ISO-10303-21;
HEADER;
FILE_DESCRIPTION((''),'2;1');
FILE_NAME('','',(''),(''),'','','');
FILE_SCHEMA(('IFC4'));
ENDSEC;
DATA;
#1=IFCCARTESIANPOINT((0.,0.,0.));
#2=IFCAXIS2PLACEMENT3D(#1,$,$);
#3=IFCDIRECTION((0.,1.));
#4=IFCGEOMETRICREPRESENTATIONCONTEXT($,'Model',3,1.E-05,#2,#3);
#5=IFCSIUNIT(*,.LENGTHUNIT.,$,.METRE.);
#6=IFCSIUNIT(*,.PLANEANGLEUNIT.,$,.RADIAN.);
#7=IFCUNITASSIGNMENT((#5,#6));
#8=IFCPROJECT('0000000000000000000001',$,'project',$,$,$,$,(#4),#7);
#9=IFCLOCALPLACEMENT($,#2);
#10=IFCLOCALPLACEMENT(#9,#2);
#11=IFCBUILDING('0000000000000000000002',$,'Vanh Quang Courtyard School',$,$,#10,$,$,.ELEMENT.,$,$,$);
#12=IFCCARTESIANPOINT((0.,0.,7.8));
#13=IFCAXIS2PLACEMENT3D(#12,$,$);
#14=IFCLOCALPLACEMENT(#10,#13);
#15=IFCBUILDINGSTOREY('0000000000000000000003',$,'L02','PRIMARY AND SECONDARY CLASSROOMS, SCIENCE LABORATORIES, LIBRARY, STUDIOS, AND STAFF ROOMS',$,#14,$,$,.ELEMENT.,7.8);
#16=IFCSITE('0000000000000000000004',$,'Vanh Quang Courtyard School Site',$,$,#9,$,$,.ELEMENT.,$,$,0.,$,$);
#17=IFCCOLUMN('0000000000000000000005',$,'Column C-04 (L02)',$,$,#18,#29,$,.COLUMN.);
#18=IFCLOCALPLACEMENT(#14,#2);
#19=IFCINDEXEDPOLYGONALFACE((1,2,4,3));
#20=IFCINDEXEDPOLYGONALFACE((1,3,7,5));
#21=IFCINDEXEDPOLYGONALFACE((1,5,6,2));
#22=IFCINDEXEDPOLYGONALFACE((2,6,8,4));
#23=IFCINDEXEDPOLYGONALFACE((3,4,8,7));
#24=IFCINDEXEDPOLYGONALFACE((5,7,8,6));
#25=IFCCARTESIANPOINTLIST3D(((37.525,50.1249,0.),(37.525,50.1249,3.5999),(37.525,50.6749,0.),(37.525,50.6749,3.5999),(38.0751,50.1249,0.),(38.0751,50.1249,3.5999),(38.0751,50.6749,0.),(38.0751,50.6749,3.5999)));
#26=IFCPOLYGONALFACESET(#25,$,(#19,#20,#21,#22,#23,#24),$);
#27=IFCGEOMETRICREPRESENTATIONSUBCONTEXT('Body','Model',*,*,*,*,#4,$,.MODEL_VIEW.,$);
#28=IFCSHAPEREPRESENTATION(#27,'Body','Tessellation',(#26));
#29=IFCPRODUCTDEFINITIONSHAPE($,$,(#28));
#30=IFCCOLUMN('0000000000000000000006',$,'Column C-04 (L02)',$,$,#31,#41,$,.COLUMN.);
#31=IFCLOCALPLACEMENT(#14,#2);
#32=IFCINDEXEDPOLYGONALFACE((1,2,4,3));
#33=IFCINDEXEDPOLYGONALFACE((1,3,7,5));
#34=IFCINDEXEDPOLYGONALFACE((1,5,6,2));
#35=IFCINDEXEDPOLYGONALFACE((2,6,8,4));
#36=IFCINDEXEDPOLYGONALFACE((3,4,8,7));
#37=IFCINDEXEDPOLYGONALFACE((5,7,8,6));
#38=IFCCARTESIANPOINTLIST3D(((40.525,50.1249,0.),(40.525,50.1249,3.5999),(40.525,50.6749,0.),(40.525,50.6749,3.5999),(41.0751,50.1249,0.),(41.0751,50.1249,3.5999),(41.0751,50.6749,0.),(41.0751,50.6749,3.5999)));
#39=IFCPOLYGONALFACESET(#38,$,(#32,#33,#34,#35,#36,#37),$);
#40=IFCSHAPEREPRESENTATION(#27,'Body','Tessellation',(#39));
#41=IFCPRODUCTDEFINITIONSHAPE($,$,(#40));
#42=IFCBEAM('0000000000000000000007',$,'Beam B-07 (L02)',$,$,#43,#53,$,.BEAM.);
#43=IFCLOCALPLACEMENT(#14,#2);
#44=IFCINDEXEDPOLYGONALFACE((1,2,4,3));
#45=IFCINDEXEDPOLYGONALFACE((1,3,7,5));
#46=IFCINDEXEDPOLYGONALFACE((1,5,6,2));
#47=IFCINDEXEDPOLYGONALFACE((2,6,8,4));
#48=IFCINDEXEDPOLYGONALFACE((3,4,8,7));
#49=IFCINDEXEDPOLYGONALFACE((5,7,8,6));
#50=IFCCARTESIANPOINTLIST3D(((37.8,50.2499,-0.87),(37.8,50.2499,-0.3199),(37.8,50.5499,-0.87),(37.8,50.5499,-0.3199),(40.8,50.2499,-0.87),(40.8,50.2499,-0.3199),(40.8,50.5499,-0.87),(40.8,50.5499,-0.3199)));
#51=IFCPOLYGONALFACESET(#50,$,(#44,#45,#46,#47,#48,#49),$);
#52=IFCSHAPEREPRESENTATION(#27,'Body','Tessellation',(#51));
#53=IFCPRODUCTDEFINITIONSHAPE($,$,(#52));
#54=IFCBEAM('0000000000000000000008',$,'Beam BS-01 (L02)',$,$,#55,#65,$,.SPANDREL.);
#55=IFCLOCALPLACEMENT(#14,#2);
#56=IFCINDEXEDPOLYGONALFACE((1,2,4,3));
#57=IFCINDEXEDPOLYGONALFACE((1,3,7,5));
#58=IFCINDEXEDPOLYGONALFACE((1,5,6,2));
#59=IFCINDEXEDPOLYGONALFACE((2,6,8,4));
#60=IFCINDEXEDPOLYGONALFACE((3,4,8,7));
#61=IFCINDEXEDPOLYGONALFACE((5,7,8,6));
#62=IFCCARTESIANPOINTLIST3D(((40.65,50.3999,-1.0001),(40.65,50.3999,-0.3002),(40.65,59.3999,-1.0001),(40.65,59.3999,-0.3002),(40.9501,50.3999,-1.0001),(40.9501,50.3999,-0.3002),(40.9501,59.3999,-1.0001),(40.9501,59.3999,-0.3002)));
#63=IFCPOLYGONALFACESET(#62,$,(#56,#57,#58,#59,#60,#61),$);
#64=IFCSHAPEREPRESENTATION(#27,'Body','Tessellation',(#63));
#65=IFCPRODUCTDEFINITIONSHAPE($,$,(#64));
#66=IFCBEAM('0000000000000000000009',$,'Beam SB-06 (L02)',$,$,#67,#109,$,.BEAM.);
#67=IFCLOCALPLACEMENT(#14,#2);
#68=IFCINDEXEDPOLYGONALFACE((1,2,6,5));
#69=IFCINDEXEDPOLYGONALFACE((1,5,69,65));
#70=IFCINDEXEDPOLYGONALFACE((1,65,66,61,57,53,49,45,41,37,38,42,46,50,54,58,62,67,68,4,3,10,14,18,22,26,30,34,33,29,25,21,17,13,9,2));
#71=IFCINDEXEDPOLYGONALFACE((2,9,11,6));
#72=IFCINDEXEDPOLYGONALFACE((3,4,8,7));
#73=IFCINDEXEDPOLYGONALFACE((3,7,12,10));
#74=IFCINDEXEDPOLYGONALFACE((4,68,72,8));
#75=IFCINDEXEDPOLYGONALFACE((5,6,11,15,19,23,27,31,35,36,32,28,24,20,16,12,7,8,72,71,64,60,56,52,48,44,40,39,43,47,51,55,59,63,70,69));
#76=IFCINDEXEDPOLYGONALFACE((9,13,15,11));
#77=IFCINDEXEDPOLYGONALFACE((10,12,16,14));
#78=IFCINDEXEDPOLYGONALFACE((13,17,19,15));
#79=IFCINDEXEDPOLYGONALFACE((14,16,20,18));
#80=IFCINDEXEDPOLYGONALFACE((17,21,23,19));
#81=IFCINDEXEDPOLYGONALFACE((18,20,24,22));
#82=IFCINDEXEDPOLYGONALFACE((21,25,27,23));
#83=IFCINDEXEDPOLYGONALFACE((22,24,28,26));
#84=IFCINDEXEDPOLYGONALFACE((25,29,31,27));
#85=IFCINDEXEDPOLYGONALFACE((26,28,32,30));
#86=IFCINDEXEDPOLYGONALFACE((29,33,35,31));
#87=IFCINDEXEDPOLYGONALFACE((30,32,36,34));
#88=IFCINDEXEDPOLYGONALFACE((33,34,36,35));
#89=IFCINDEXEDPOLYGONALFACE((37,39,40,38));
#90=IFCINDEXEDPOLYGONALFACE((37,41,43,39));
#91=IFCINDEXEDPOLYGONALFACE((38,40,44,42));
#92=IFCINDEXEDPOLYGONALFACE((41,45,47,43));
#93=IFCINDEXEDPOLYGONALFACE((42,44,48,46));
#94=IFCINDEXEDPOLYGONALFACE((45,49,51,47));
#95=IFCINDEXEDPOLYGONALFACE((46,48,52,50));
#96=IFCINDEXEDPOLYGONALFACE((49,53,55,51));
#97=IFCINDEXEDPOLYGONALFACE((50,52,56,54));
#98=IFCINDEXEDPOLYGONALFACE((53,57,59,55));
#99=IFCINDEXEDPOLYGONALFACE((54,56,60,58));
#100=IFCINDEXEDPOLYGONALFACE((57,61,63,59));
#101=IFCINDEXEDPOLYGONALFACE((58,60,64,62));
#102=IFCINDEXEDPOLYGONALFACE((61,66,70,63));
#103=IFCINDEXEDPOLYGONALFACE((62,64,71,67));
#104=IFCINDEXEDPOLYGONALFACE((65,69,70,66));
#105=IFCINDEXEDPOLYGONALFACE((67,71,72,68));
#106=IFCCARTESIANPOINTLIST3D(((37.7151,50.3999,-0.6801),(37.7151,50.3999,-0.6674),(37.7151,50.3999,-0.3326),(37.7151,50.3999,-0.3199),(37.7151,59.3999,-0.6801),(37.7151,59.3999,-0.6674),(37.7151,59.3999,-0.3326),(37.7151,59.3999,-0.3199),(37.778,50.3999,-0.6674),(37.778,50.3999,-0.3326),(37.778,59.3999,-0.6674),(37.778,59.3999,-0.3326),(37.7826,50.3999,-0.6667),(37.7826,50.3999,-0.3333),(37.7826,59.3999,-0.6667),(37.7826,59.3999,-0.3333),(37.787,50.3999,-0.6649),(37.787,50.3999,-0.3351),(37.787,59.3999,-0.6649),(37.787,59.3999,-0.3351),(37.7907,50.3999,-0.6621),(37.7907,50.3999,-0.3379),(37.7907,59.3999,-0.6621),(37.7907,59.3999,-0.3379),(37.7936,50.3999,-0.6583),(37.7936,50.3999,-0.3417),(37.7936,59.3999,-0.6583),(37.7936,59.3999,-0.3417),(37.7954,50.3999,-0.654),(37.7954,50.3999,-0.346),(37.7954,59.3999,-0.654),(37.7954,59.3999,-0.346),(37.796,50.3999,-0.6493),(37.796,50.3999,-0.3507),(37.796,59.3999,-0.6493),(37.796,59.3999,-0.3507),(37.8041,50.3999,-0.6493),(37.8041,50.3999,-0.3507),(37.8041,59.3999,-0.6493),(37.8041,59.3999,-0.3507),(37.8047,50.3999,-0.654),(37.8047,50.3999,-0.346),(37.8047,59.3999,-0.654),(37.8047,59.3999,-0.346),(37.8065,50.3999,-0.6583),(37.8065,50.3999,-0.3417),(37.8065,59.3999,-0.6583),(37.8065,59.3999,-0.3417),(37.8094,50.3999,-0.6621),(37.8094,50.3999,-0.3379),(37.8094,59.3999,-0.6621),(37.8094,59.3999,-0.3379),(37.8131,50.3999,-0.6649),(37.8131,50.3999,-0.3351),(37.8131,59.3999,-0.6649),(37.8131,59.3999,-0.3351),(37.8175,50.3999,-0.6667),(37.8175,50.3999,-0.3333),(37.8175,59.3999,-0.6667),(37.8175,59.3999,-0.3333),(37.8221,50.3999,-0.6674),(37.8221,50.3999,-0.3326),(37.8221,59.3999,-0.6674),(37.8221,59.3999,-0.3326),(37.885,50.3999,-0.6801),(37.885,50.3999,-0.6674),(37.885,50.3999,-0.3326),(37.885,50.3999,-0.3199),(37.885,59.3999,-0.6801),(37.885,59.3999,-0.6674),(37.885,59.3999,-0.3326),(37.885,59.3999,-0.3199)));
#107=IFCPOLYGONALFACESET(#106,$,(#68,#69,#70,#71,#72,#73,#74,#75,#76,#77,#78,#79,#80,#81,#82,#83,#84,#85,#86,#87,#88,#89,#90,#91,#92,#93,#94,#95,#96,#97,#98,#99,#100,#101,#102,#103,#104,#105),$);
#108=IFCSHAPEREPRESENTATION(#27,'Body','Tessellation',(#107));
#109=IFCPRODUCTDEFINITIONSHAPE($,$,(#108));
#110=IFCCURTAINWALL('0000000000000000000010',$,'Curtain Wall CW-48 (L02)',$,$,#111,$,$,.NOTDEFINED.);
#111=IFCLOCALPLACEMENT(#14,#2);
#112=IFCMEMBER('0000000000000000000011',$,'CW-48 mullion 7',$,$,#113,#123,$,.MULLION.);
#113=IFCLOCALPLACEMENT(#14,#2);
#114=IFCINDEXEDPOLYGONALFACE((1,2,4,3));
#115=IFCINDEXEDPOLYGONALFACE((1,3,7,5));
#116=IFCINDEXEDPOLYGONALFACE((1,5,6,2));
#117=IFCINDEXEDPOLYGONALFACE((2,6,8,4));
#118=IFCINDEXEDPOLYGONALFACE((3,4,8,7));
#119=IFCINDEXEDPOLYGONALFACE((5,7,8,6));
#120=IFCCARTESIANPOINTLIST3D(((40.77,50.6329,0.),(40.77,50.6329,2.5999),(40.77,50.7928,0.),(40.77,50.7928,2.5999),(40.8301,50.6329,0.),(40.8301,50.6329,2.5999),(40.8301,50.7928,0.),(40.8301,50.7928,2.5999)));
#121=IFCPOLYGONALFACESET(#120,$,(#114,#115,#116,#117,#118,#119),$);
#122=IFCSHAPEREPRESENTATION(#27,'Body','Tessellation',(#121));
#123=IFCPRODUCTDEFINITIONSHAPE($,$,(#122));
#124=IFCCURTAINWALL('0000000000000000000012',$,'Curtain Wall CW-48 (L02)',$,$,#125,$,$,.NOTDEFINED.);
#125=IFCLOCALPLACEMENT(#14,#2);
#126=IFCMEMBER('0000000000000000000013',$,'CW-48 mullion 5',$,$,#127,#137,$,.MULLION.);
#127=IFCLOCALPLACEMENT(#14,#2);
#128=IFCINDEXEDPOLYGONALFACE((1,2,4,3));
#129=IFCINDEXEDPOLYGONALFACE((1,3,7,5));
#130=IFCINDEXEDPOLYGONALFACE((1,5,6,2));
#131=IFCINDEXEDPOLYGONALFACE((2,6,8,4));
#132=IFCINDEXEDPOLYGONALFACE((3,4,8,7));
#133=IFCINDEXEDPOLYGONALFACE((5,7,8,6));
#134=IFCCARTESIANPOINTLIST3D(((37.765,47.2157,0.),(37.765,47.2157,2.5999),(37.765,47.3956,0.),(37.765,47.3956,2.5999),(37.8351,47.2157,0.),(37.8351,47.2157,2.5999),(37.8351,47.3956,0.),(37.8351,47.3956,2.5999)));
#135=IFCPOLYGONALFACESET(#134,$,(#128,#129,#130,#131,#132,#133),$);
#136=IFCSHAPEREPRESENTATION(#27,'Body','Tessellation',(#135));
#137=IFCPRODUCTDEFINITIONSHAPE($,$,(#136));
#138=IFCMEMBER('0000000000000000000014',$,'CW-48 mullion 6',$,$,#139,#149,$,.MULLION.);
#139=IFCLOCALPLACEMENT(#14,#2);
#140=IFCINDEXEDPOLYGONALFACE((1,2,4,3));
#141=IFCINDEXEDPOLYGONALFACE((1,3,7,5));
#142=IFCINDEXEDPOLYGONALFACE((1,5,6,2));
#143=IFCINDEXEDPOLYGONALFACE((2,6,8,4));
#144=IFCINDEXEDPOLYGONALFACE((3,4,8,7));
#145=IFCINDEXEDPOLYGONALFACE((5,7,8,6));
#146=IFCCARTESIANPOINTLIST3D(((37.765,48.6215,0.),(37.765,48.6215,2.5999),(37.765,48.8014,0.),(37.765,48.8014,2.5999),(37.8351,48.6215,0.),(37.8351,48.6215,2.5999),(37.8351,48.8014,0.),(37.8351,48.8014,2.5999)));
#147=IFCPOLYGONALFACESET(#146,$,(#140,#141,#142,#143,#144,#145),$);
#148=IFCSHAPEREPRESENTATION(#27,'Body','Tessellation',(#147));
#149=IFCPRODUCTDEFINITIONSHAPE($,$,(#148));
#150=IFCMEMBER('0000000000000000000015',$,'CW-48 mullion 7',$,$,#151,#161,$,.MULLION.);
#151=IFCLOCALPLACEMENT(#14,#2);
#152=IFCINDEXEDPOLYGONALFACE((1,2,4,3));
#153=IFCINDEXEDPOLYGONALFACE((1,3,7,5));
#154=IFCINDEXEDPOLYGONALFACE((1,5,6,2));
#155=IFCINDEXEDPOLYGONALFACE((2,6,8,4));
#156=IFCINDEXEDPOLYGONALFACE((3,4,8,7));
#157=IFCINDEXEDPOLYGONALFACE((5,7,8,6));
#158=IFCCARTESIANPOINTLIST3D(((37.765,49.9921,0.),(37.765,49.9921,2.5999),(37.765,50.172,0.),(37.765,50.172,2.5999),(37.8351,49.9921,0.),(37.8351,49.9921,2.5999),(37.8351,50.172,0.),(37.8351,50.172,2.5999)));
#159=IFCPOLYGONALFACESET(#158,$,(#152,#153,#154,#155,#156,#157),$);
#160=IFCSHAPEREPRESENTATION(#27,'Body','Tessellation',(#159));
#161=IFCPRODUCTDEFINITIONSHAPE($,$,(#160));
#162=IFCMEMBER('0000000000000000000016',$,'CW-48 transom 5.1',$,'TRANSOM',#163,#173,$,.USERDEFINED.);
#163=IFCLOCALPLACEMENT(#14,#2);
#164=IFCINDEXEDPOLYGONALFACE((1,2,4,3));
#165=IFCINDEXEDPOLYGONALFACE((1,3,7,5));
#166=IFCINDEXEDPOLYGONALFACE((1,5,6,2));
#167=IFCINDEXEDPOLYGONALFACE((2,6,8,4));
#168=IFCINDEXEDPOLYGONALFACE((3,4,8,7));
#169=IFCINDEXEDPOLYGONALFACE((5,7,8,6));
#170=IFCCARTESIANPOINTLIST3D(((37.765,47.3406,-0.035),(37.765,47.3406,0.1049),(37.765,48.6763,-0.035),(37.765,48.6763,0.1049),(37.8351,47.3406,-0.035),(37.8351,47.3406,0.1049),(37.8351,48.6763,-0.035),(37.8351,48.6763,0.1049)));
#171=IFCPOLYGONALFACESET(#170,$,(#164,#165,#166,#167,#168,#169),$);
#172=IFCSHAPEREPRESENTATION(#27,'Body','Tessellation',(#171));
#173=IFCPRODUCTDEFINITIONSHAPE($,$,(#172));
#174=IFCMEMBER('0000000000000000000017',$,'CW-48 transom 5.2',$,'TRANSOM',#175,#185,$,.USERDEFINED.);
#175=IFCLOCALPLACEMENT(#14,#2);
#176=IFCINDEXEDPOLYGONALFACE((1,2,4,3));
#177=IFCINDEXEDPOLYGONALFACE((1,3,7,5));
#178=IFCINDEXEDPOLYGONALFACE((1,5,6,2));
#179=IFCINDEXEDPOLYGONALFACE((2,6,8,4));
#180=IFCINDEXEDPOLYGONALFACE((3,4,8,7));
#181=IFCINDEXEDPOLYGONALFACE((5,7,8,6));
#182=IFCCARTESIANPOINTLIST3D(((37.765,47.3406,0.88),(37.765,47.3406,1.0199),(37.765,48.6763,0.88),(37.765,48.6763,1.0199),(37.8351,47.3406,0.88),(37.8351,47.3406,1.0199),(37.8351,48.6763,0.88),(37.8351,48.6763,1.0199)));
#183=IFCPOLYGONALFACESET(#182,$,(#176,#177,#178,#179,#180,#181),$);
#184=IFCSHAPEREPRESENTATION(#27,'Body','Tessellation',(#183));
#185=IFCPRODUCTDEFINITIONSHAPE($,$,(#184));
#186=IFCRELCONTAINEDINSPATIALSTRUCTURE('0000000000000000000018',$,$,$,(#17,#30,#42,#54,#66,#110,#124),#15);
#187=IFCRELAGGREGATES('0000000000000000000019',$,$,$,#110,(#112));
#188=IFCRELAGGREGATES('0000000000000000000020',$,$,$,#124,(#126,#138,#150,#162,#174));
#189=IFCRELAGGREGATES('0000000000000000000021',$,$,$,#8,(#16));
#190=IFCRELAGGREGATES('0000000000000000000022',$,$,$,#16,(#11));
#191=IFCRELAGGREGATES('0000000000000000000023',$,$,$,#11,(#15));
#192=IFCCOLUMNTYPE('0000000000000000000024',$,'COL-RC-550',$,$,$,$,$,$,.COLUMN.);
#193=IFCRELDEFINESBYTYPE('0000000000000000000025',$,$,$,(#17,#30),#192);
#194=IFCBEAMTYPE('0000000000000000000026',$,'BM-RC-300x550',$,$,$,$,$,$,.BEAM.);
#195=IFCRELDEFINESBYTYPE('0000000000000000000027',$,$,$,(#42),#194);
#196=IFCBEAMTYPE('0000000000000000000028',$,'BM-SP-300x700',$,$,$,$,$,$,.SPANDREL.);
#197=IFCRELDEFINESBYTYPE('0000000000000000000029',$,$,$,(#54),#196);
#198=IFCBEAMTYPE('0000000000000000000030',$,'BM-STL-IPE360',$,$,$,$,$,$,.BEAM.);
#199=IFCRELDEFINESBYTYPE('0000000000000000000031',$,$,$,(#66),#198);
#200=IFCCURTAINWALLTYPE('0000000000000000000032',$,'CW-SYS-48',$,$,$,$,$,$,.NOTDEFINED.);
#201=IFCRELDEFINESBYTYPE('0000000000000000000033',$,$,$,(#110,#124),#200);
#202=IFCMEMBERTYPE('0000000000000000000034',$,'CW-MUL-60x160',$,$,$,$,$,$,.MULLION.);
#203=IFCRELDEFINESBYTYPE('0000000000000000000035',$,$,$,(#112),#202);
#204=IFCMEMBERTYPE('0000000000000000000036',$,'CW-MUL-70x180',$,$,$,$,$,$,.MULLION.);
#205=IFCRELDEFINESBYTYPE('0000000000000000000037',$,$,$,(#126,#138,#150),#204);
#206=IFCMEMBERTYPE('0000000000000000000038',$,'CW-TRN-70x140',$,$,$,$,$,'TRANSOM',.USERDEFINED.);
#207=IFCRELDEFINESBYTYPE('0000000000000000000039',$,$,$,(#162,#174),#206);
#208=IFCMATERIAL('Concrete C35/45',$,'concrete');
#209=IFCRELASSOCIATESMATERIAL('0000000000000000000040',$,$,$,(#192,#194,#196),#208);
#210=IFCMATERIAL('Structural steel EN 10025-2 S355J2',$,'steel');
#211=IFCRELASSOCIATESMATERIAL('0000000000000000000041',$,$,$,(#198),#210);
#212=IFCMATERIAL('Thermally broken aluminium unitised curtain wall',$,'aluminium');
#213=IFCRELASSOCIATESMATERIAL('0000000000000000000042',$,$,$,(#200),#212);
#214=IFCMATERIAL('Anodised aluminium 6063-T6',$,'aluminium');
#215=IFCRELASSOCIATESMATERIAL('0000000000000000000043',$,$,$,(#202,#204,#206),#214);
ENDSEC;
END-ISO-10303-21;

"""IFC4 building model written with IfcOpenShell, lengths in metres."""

from ifc_helpers import new_model, si_unit, direction, frame, origin, origin_2d, place, context, subcontext, project, spatial, rectangle, i_section, extrude, material, material_profile, profile_set, type_object, element, aggregate, save


model = new_model("IFC4")

# Units and contexts
model_context = context("Model", 3, precision=1e-05, world=origin(), true_north=direction((0.0, 1.0)))
body_context = subcontext(model_context, "Body", "Model", "MODEL_VIEW")
ifc_project = project(units=[si_unit("LENGTHUNIT", "METRE"), si_unit("PLANEANGLEUNIT", "RADIAN")], contexts=[model_context])

# Site, building, storey
site_placement = place(None, origin())
site = spatial("IfcSite", under=ifc_project, at=site_placement, Name="Vanh Quang Courtyard School Site", CompositionType="ELEMENT", RefElevation=0.0)
building_placement = place(site_placement, origin())
building = spatial("IfcBuilding", under=site, at=building_placement, Name="Vanh Quang Courtyard School", CompositionType="ELEMENT")
storey_placement = place(building_placement, frame((0.0, 0.0, 7.8)))
storey = spatial("IfcBuildingStorey", under=building, at=storey_placement, Name="L02", Description="PRIMARY AND SECONDARY CLASSROOMS, SCIENCE LABORATORIES, LIBRARY, STUDIOS, AND STAFF ROOMS", CompositionType="ELEMENT", Elevation=7.8)

# Columns
ifc_material_1 = material(Name="Concrete C35/45", Category="concrete")
ifc_material_profile_1 = material_profile(ifc_material_1, rectangle(XDim=0.55, YDim=0.55, at=origin_2d()), Name="RC-COL 550x550")
ifc_profile_set_1 = profile_set([ifc_material_profile_1], Name="Concrete C35/45")
column_type = type_object("IfcColumnType", Name="COL-RC-550", PredefinedType="COLUMN", material=ifc_profile_set_1)
for number, where, z_axis, x_axis, name in (
    (1, (37.8, 50.3999, 0.0), (0.0, 0.0, 1.0), (1.0, 0.0, 0.0), "Column C-04 (L02)"),
    (2, (40.8, 50.3999, 0.0), (0.0, 0.0, 1.0), (1.0, 0.0, 0.0), "Column C-04 (L02)"),
):
    element("IfcColumn", number, at=place(storey_placement, frame(where, z_axis=z_axis, x_axis=x_axis)), inside=storey, type_object=column_type, Name=name, PredefinedType="COLUMN", context=body_context, shape_type="SweptSolid", body=[
        extrude(rectangle(XDim=0.55, YDim=0.55, at=origin_2d()), origin(), (0.0, 0.0, 1.0), 3.5999),
    ])

# Beams
ifc_material_profile_2 = material_profile(ifc_material_1, rectangle(XDim=0.3, YDim=0.55, at=origin_2d()), Name="RC-BM 300x550")
ifc_profile_set_2 = profile_set([ifc_material_profile_2], Name="Concrete C35/45")
beam_type_1 = type_object("IfcBeamType", Name="BM-RC-300x550", PredefinedType="BEAM", material=ifc_profile_set_2)
beam_1_placement = place(storey_placement, frame((37.8, 50.3999, -0.595), z_axis=(1.0, 0.0, 0.0), x_axis=(0.0, 1.0, 0.0)))
element("IfcBeam", 3, at=beam_1_placement, inside=storey, type_object=beam_type_1, Name="Beam B-07 (L02)", PredefinedType="BEAM", context=body_context, shape_type="SweptSolid", body=[
    extrude(rectangle(XDim=0.3, YDim=0.55, at=origin_2d()), origin(), (0.0, 0.0, 1.0), 3.0),
])
ifc_material_profile_3 = material_profile(ifc_material_1, rectangle(XDim=0.3, YDim=0.7, at=origin_2d()), Name="RC-SP 300x700")
ifc_profile_set_3 = profile_set([ifc_material_profile_3], Name="Concrete C35/45")
beam_type_2 = type_object("IfcBeamType", Name="BM-SP-300x700", PredefinedType="SPANDREL", material=ifc_profile_set_3)
beam_2_placement = place(storey_placement, frame((40.8, 50.3999, -0.6501), z_axis=(0.0, 1.0, 0.0), x_axis=(-1.0, 0.0, 0.0)))
element("IfcBeam", 4, at=beam_2_placement, inside=storey, type_object=beam_type_2, Name="Beam BS-01 (L02)", PredefinedType="SPANDREL", context=body_context, shape_type="SweptSolid", body=[
    extrude(rectangle(XDim=0.3, YDim=0.7, at=origin_2d()), origin(), (0.0, 0.0, 1.0), 9.0),
])
ifc_material_2 = material(Name="Structural steel EN 10025-2 S355J2", Category="steel")
ifc_material_profile_4 = material_profile(ifc_material_2, i_section(OverallWidth=0.1699, OverallDepth=0.3601, WebThickness=0.0081, FlangeThickness=0.0127, FilletRadius=0.0181, at=origin_2d()), Name="IPE 360")
ifc_profile_set_4 = profile_set([ifc_material_profile_4], Name="Structural steel EN 10025-2 S355J2")
beam_type_3 = type_object("IfcBeamType", Name="BM-STL-IPE360", PredefinedType="BEAM", material=ifc_profile_set_4)
beam_3_placement = place(storey_placement, frame((37.8, 50.3999, -0.5), z_axis=(0.0, 1.0, 0.0), x_axis=(-1.0, 0.0, 0.0)))
element("IfcBeam", 5, at=beam_3_placement, inside=storey, type_object=beam_type_3, Name="Beam SB-06 (L02)", PredefinedType="BEAM", context=body_context, shape_type="SweptSolid", body=[
    extrude(i_section(OverallWidth=0.1699, OverallDepth=0.3601, WebThickness=0.0081, FlangeThickness=0.0127, FilletRadius=0.0181, at=origin_2d()), origin(), (0.0, 0.0, 1.0), 9.0),
])

# Curtain wall, member
ifc_material_3 = material(Name="Thermally broken aluminium unitised curtain wall", Category="aluminium")
curtain_wall_type = type_object("IfcCurtainWallType", Name="CW-SYS-48", PredefinedType="NOTDEFINED", material=ifc_material_3)
curtain_wall_1_placement = place(storey_placement, origin())
curtain_wall_1 = element("IfcCurtainWall", 6, at=curtain_wall_1_placement, inside=storey, type_object=curtain_wall_type, Name="Curtain Wall CW-48 (L02)", PredefinedType="NOTDEFINED")
ifc_material_4 = material(Name="Anodised aluminium 6063-T6", Category="aluminium")
ifc_material_profile_5 = material_profile(ifc_material_4, rectangle(XDim=0.0601, YDim=0.1599, at=origin_2d()), Name="ALU-MUL 60x160")
ifc_profile_set_5 = profile_set([ifc_material_profile_5], Name="Anodised aluminium 6063-T6")
member_type_1 = type_object("IfcMemberType", Name="CW-MUL-60x160", PredefinedType="MULLION", material=ifc_profile_set_5)
member_1_placement = place(storey_placement, frame((40.8, 50.7129, 0.0), z_axis=(0.0, 0.0, 1.0), x_axis=(1.0, 0.0, 0.0)))
member_1 = element("IfcMember", 7, at=member_1_placement, type_object=member_type_1, Name="CW-48 mullion 7", PredefinedType="MULLION", context=body_context, shape_type="SweptSolid", body=[
    extrude(rectangle(XDim=0.0601, YDim=0.1599, at=origin_2d()), origin(), (0.0, 0.0, 1.0), 2.5999),
])
aggregate(curtain_wall_1, [member_1])

# Curtain wall, members
curtain_wall_2_placement = place(storey_placement, origin())
curtain_wall_2 = element("IfcCurtainWall", 8, at=curtain_wall_2_placement, inside=storey, type_object=curtain_wall_type, Name="Curtain Wall CW-48 (L02)", PredefinedType="NOTDEFINED")
ifc_material_profile_6 = material_profile(ifc_material_4, rectangle(XDim=0.0701, YDim=0.1799, at=origin_2d()), Name="ALU-MUL 70x180")
ifc_profile_set_6 = profile_set([ifc_material_profile_6], Name="Anodised aluminium 6063-T6")
member_type_2 = type_object("IfcMemberType", Name="CW-MUL-70x180", PredefinedType="MULLION", material=ifc_profile_set_6)
member_2_placement = place(storey_placement, frame((37.8, 47.3057, 0.0), z_axis=(0.0, 0.0, 1.0), x_axis=(-1.0, 0.0, 0.0)))
member_2 = element("IfcMember", 9, at=member_2_placement, type_object=member_type_2, Name="CW-48 mullion 5", PredefinedType="MULLION", context=body_context, shape_type="SweptSolid", body=[
    extrude(rectangle(XDim=0.0701, YDim=0.1799, at=origin_2d()), origin(), (0.0, 0.0, 1.0), 2.5999),
])
member_3_placement = place(storey_placement, frame((37.8, 48.7114, 0.0), z_axis=(0.0, 0.0, 1.0), x_axis=(-1.0, 0.0, 0.0)))
member_3 = element("IfcMember", 10, at=member_3_placement, type_object=member_type_2, Name="CW-48 mullion 6", PredefinedType="MULLION", context=body_context, shape_type="SweptSolid", body=[
    extrude(rectangle(XDim=0.0701, YDim=0.1799, at=origin_2d()), origin(), (0.0, 0.0, 1.0), 2.5999),
])
member_4_placement = place(storey_placement, frame((37.8, 50.082, 0.0), z_axis=(0.0, 0.0, 1.0), x_axis=(-1.0, 0.0, 0.0)))
member_4 = element("IfcMember", 11, at=member_4_placement, type_object=member_type_2, Name="CW-48 mullion 7", PredefinedType="MULLION", context=body_context, shape_type="SweptSolid", body=[
    extrude(rectangle(XDim=0.0701, YDim=0.1799, at=origin_2d()), origin(), (0.0, 0.0, 1.0), 2.5999),
])
ifc_material_profile_7 = material_profile(ifc_material_4, rectangle(XDim=0.0701, YDim=0.1399, at=origin_2d()), Name="ALU-TRN 70x140")
ifc_profile_set_7 = profile_set([ifc_material_profile_7], Name="Anodised aluminium 6063-T6")
member_type_3 = type_object("IfcMemberType", Name="CW-TRN-70x140", ElementType="TRANSOM", PredefinedType="USERDEFINED", material=ifc_profile_set_7)
member_5_placement = place(storey_placement, frame((37.8, 47.3406, 0.0349), z_axis=(0.0, 1.0, 0.0), x_axis=(-1.0, 0.0, 0.0)))
member_5 = element("IfcMember", 12, at=member_5_placement, type_object=member_type_3, Name="CW-48 transom 5.1", ObjectType="TRANSOM", PredefinedType="USERDEFINED", context=body_context, shape_type="SweptSolid", body=[
    extrude(rectangle(XDim=0.0701, YDim=0.1399, at=origin_2d()), origin(), (0.0, 0.0, 1.0), 1.3357),
])
member_6_placement = place(storey_placement, frame((37.8, 47.3406, 0.95), z_axis=(0.0, 1.0, 0.0), x_axis=(-1.0, 0.0, 0.0)))
member_6 = element("IfcMember", 13, at=member_6_placement, type_object=member_type_3, Name="CW-48 transom 5.2", ObjectType="TRANSOM", PredefinedType="USERDEFINED", context=body_context, shape_type="SweptSolid", body=[
    extrude(rectangle(XDim=0.0701, YDim=0.1399, at=origin_2d()), origin(), (0.0, 0.0, 1.0), 1.3357),
])
aggregate(curtain_wall_2, [member_2, member_3, member_4, member_5, member_6])

save(model, "model.ifc")
